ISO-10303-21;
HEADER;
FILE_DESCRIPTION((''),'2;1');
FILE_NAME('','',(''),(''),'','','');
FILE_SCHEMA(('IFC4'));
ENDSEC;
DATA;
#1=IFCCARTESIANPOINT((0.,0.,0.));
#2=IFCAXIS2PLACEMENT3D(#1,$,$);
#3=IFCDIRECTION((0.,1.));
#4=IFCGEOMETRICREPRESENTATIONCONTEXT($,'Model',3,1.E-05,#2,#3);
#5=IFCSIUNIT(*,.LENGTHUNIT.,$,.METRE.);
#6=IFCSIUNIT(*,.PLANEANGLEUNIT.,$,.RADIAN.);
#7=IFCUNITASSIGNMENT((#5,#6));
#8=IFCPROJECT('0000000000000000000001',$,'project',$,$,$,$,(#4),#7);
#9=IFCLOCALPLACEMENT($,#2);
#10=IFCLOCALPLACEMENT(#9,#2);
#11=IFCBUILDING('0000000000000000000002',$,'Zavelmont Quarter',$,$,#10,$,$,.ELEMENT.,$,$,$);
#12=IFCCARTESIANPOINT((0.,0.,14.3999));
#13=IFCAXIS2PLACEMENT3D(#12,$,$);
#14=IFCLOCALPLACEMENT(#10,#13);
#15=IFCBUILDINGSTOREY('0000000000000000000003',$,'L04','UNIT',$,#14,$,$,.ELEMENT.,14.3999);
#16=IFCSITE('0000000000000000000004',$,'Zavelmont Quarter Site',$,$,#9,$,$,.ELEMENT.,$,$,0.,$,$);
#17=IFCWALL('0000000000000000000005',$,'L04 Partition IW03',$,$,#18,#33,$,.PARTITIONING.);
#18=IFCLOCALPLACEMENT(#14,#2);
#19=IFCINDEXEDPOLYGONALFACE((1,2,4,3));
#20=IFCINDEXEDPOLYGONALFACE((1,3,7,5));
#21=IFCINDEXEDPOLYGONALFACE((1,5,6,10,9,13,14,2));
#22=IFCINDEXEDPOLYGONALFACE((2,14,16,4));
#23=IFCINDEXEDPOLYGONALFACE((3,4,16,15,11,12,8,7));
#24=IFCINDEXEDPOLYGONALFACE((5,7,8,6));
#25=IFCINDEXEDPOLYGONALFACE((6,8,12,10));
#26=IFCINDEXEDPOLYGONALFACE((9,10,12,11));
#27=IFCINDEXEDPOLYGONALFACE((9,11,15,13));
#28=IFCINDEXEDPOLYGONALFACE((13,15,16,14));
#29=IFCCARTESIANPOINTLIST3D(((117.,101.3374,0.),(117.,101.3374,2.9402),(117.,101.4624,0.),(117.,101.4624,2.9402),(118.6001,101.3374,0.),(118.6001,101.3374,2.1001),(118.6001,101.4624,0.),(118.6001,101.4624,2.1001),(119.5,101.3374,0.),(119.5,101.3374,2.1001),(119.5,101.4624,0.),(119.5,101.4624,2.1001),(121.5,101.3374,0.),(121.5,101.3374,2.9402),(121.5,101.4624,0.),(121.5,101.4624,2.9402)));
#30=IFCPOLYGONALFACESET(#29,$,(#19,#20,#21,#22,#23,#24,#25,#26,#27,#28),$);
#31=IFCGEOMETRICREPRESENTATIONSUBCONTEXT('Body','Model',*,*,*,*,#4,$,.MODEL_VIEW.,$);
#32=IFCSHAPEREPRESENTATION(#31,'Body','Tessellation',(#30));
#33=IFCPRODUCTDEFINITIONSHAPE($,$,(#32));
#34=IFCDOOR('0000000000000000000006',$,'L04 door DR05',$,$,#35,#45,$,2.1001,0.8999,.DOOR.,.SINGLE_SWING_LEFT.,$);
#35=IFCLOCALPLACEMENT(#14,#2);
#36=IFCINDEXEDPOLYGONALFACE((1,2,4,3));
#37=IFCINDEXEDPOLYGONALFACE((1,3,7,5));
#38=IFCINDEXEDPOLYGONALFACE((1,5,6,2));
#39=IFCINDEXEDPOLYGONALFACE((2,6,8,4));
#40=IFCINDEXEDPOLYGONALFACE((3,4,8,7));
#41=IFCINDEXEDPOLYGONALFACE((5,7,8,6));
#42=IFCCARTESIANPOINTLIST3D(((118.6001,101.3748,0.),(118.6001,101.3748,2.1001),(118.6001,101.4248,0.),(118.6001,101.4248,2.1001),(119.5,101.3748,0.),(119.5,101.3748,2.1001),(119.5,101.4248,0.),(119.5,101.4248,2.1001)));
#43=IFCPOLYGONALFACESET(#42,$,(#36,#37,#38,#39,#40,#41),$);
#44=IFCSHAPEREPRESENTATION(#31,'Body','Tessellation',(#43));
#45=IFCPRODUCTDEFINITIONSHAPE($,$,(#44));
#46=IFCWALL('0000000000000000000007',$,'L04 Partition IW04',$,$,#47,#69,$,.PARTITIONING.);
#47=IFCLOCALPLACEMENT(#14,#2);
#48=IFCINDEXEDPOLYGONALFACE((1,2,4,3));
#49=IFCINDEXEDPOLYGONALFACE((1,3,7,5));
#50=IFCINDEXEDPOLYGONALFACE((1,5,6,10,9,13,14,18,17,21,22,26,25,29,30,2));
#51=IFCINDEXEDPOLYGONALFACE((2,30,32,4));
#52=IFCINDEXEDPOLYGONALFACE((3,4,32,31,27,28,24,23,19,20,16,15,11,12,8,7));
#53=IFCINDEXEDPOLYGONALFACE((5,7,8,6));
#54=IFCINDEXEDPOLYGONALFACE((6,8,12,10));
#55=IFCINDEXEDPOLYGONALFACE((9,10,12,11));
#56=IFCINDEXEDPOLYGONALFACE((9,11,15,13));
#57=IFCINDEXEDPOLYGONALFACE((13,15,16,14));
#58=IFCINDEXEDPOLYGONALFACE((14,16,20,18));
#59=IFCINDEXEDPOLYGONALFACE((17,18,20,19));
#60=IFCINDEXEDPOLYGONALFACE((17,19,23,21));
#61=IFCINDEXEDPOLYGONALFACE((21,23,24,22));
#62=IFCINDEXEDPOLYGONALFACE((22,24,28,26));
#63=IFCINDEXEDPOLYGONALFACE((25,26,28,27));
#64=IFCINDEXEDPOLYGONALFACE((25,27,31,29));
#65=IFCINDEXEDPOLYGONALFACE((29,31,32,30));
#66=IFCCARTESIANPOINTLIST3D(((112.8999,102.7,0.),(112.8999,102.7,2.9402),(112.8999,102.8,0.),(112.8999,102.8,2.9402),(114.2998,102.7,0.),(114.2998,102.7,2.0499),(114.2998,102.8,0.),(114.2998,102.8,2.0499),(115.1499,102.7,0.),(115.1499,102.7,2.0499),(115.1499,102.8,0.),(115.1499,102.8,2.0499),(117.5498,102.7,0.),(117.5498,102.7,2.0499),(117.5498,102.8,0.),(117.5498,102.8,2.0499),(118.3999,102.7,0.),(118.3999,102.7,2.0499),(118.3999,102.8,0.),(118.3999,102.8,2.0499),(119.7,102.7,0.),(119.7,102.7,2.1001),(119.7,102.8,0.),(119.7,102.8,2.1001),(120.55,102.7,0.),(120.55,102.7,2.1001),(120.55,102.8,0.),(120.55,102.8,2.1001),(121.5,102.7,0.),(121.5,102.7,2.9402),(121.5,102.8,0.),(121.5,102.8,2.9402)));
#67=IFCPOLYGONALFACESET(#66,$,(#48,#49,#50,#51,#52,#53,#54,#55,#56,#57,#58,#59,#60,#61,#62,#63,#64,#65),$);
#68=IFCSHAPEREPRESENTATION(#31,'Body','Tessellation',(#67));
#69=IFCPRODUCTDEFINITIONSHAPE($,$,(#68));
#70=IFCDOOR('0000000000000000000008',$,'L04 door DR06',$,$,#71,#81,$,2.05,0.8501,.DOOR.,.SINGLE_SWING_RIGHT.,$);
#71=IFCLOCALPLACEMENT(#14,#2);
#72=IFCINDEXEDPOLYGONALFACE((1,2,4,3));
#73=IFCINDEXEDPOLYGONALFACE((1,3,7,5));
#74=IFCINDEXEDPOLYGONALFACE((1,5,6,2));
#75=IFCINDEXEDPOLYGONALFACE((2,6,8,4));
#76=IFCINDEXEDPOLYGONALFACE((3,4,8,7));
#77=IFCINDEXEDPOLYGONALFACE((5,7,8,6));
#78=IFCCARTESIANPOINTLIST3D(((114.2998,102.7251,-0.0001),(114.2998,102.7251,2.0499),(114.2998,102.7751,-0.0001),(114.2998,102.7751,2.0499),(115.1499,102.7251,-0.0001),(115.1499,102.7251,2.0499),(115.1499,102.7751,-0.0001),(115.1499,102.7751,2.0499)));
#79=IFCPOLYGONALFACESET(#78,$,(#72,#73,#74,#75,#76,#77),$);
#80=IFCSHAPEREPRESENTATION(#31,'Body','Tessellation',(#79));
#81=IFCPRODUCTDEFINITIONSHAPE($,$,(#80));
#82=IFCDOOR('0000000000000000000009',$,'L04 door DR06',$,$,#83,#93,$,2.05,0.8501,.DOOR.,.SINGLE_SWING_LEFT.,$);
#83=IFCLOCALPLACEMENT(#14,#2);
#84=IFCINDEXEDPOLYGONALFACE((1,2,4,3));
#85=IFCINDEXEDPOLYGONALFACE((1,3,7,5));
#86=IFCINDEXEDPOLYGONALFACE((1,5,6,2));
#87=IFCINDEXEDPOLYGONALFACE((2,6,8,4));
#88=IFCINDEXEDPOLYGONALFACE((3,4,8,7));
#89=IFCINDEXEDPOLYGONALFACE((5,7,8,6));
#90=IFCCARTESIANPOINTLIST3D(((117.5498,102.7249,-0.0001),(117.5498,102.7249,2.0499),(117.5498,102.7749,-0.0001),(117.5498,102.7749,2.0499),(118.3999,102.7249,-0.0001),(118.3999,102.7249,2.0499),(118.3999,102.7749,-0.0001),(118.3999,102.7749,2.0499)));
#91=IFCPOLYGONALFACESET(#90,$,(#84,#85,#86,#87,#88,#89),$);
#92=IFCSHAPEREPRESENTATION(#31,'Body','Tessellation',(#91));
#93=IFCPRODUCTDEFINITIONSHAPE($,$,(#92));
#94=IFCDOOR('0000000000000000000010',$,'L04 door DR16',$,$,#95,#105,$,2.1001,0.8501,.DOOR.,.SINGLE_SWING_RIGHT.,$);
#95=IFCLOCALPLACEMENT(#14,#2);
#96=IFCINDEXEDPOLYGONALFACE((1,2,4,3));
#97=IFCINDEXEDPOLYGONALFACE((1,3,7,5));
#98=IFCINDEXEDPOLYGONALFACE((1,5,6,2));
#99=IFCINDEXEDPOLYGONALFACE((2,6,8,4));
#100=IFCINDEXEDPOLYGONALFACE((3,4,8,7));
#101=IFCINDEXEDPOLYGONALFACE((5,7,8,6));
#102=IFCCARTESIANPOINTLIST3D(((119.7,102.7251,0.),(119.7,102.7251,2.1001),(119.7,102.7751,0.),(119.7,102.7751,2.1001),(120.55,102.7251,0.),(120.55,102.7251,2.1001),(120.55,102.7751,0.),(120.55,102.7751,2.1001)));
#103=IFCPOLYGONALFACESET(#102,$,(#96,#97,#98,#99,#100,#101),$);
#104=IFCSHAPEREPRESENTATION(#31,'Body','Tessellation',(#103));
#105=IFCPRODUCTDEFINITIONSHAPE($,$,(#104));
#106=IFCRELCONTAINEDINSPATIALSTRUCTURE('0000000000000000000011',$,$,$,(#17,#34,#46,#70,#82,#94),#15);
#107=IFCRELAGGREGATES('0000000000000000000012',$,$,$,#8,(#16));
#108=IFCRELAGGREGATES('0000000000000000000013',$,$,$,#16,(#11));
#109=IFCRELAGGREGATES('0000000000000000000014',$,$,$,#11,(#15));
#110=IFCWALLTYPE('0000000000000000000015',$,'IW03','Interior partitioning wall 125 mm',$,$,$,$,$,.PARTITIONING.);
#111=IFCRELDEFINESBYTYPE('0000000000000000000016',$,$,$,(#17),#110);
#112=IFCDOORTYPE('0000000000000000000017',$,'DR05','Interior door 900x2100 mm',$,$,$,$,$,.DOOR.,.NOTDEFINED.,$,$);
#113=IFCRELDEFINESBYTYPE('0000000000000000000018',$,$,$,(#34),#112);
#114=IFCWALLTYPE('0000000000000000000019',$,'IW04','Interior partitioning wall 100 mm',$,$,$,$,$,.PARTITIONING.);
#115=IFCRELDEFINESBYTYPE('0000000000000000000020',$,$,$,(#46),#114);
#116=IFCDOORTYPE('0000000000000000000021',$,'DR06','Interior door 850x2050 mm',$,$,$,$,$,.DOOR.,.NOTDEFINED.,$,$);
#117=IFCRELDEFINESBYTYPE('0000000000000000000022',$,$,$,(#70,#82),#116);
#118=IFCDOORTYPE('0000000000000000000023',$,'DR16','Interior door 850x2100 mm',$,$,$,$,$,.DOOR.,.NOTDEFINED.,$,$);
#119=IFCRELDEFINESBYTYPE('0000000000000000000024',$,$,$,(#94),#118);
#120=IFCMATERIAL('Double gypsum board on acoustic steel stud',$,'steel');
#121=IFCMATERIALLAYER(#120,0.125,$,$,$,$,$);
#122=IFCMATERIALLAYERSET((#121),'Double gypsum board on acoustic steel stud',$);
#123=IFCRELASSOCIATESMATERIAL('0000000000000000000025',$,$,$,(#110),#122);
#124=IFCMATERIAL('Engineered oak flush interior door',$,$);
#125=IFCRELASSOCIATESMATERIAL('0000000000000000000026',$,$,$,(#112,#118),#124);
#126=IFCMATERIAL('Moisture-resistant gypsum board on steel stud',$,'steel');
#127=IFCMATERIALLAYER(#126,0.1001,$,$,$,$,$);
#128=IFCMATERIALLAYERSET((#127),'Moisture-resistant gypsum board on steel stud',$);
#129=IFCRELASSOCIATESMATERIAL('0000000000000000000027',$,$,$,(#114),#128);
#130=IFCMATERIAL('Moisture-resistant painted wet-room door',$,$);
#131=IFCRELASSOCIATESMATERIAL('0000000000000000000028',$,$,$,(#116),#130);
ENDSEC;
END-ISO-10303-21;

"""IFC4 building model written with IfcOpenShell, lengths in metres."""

from ifc_helpers import new_model, si_unit, direction, frame, frame_2d, origin, origin_with_axes, place, context, subcontext, project, spatial, rectangle, extrude, material, layer, layer_set, type_object, element, fill, save


model = new_model("IFC4")

# Units and contexts
model_context = context("Model", 3, precision=1e-05, world=origin(), true_north=direction((0.0, 1.0)))
body_context = subcontext(model_context, "Body", "Model", "MODEL_VIEW")
ifc_project = project(units=[si_unit("LENGTHUNIT", "METRE"), si_unit("PLANEANGLEUNIT", "RADIAN")], contexts=[model_context])

# Site, building, storey
site_placement = place(None, origin())
site = spatial("IfcSite", under=ifc_project, at=site_placement, Name="Zavelmont Quarter Site", CompositionType="ELEMENT", RefElevation=0.0)
building_placement = place(site_placement, origin())
building = spatial("IfcBuilding", under=site, at=building_placement, Name="Zavelmont Quarter", CompositionType="ELEMENT")
storey_placement = place(building_placement, frame((0.0, 0.0, 14.3999)))
storey = spatial("IfcBuildingStorey", under=building, at=storey_placement, Name="L04", Description="UNIT", CompositionType="ELEMENT", Elevation=14.3999)

# Wall, opening, door
ifc_material_1 = material(Name="Double gypsum board on acoustic steel stud", Category="steel")
ifc_layer_1 = layer(ifc_material_1, 0.125)
ifc_layer_set_1 = layer_set([ifc_layer_1], Name="Double gypsum board on acoustic steel stud")
wall_type_1 = type_object("IfcWallType", Name="IW03", Description="Interior partitioning wall 125 mm", PredefinedType="PARTITIONING", material=ifc_layer_set_1)
ifc_material_2 = material(Name="Engineered oak flush interior door")
door_type_1 = type_object("IfcDoorType", Name="DR05", Description="Interior door 900x2100 mm", OperationType="NOTDEFINED", PredefinedType="DOOR", material=ifc_material_2)
wall_1_placement = place(storey_placement, frame((117.0, 101.3999, 0.0), z_axis=(0.0, 0.0, 1.0), x_axis=(1.0, 0.0, 0.0)))
wall_1 = element("IfcWall", 1, at=wall_1_placement, inside=storey, type_object=wall_type_1, Name="L04 Partition IW03", PredefinedType="PARTITIONING", context=body_context, shape_type="SweptSolid", body=[
    extrude(rectangle(XDim=4.5, YDim=0.125, at=frame_2d((2.25, 0.0))), origin(), (0.0, 0.0, 1.0), 2.9402),
])
opening_1_placement = place(wall_1_placement, frame((1.6001, 0.0, 0.0)))
opening_1 = element("IfcOpeningElement", 2, at=opening_1_placement, cuts=wall_1, PredefinedType="OPENING", context=body_context, shape_type="SweptSolid", body=[
    extrude(rectangle(XDim=0.8999, YDim=2.1001, at=frame_2d((0.45, 1.05))), frame((0.0, 0.0745, 0.0), z_axis=(0.0, -1.0, 0.0), x_axis=(1.0, 0.0, 0.0)), (0.0, 0.0, 1.0), 0.1489),
])
door_1_placement = place(opening_1_placement, origin_with_axes())
door_1 = element("IfcDoor", 3, at=door_1_placement, inside=storey, type_object=door_type_1, Name="L04 door DR05", OperationType="SINGLE_SWING_LEFT", OverallHeight=2.1001, OverallWidth=0.8999, PredefinedType="DOOR", context=body_context, shape_type="SweptSolid", body=[
    extrude(rectangle(XDim=0.8999, YDim=2.1001, at=frame_2d((0.45, 1.05))), frame((0.0, 0.0249, 0.0), z_axis=(0.0, -1.0, 0.0), x_axis=(1.0, 0.0, 0.0)), (0.0, 0.0, 1.0), 0.05),
])
fill(opening_1, door_1)

# Wall, openings, doors
ifc_material_3 = material(Name="Moisture-resistant gypsum board on steel stud", Category="steel")
ifc_layer_2 = layer(ifc_material_3, 0.1001)
ifc_layer_set_2 = layer_set([ifc_layer_2], Name="Moisture-resistant gypsum board on steel stud")
wall_type_2 = type_object("IfcWallType", Name="IW04", Description="Interior partitioning wall 100 mm", PredefinedType="PARTITIONING", material=ifc_layer_set_2)
wall_2_placement = place(storey_placement, frame((112.8999, 102.75, 0.0), z_axis=(0.0, 0.0, 1.0), x_axis=(1.0, 0.0, 0.0)))
wall_2 = element("IfcWall", 4, at=wall_2_placement, inside=storey, type_object=wall_type_2, Name="L04 Partition IW04", PredefinedType="PARTITIONING", context=body_context, shape_type="SweptSolid", body=[
    extrude(rectangle(XDim=8.6001, YDim=0.1001, at=frame_2d((4.3, 0.0))), origin(), (0.0, 0.0, 1.0), 2.9402),
])
opening_2_placement = place(wall_2_placement, frame((1.3999, 0.0, 0.0)))
opening_2 = element("IfcOpeningElement", 5, at=opening_2_placement, cuts=wall_2, PredefinedType="OPENING", context=body_context, shape_type="SweptSolid", body=[
    extrude(rectangle(XDim=0.8501, YDim=2.05, at=frame_2d((0.425, 1.0249))), frame((0.0, 0.062, 0.0), z_axis=(0.0, -1.0, 0.0), x_axis=(1.0, 0.0, 0.0)), (0.0, 0.0, 1.0), 0.124),
])
opening_3_placement = place(wall_2_placement, frame((4.6499, 0.0, 0.0)))
opening_3 = element("IfcOpeningElement", 6, at=opening_3_placement, cuts=wall_2, PredefinedType="OPENING", context=body_context, shape_type="SweptSolid", body=[
    extrude(rectangle(XDim=0.8501, YDim=2.05, at=frame_2d((0.425, 1.0249))), frame((0.0, 0.062, 0.0), z_axis=(0.0, -1.0, 0.0), x_axis=(1.0, 0.0, 0.0)), (0.0, 0.0, 1.0), 0.124),
])
opening_4_placement = place(wall_2_placement, frame((6.8, 0.0, 0.0)))
opening_4 = element("IfcOpeningElement", 7, at=opening_4_placement, cuts=wall_2, PredefinedType="OPENING", context=body_context, shape_type="SweptSolid", body=[
    extrude(rectangle(XDim=0.8501, YDim=2.1001, at=frame_2d((0.425, 1.05))), frame((0.0, 0.062, 0.0), z_axis=(0.0, -1.0, 0.0), x_axis=(1.0, 0.0, 0.0)), (0.0, 0.0, 1.0), 0.124),
])
ifc_material_4 = material(Name="Moisture-resistant painted wet-room door")
door_type_2 = type_object("IfcDoorType", Name="DR06", Description="Interior door 850x2050 mm", OperationType="NOTDEFINED", PredefinedType="DOOR", material=ifc_material_4)
door_2_placement = place(opening_2_placement, frame((0.8501, 0.0, 0.0), z_axis=(0.0, 0.0, 1.0), x_axis=(-1.0, 0.0, 0.0)))
door_2 = element("IfcDoor", 8, at=door_2_placement, inside=storey, type_object=door_type_2, Name="L04 door DR06", OperationType="SINGLE_SWING_RIGHT", OverallHeight=2.05, OverallWidth=0.8501, PredefinedType="DOOR", context=body_context, shape_type="SweptSolid", body=[
    extrude(rectangle(XDim=0.8501, YDim=2.05, at=frame_2d((0.425, 1.0249))), frame((0.0, 0.0249, 0.0), z_axis=(0.0, -1.0, 0.0), x_axis=(1.0, 0.0, 0.0)), (0.0, 0.0, 1.0), 0.05),
])
fill(opening_2, door_2)
door_3_placement = place(opening_3_placement, origin_with_axes())
door_3 = element("IfcDoor", 9, at=door_3_placement, inside=storey, type_object=door_type_2, Name="L04 door DR06", OperationType="SINGLE_SWING_LEFT", OverallHeight=2.05, OverallWidth=0.8501, PredefinedType="DOOR", context=body_context, shape_type="SweptSolid", body=[
    extrude(rectangle(XDim=0.8501, YDim=2.05, at=frame_2d((0.425, 1.0249))), frame((0.0, 0.0249, 0.0), z_axis=(0.0, -1.0, 0.0), x_axis=(1.0, 0.0, 0.0)), (0.0, 0.0, 1.0), 0.05),
])
fill(opening_3, door_3)
door_type_3 = type_object("IfcDoorType", Name="DR16", Description="Interior door 850x2100 mm", OperationType="NOTDEFINED", PredefinedType="DOOR", material=ifc_material_2)
door_4_placement = place(opening_4_placement, frame((0.8501, 0.0, 0.0), z_axis=(0.0, 0.0, 1.0), x_axis=(-1.0, 0.0, 0.0)))
door_4 = element("IfcDoor", 10, at=door_4_placement, inside=storey, type_object=door_type_3, Name="L04 door DR16", OperationType="SINGLE_SWING_RIGHT", OverallHeight=2.1001, OverallWidth=0.8501, PredefinedType="DOOR", context=body_context, shape_type="SweptSolid", body=[
    extrude(rectangle(XDim=0.8501, YDim=2.1001, at=frame_2d((0.425, 1.05))), frame((0.0, 0.0249, 0.0), z_axis=(0.0, -1.0, 0.0), x_axis=(1.0, 0.0, 0.0)), (0.0, 0.0, 1.0), 0.05),
])
fill(opening_4, door_4)

save(model, "model.ifc")
